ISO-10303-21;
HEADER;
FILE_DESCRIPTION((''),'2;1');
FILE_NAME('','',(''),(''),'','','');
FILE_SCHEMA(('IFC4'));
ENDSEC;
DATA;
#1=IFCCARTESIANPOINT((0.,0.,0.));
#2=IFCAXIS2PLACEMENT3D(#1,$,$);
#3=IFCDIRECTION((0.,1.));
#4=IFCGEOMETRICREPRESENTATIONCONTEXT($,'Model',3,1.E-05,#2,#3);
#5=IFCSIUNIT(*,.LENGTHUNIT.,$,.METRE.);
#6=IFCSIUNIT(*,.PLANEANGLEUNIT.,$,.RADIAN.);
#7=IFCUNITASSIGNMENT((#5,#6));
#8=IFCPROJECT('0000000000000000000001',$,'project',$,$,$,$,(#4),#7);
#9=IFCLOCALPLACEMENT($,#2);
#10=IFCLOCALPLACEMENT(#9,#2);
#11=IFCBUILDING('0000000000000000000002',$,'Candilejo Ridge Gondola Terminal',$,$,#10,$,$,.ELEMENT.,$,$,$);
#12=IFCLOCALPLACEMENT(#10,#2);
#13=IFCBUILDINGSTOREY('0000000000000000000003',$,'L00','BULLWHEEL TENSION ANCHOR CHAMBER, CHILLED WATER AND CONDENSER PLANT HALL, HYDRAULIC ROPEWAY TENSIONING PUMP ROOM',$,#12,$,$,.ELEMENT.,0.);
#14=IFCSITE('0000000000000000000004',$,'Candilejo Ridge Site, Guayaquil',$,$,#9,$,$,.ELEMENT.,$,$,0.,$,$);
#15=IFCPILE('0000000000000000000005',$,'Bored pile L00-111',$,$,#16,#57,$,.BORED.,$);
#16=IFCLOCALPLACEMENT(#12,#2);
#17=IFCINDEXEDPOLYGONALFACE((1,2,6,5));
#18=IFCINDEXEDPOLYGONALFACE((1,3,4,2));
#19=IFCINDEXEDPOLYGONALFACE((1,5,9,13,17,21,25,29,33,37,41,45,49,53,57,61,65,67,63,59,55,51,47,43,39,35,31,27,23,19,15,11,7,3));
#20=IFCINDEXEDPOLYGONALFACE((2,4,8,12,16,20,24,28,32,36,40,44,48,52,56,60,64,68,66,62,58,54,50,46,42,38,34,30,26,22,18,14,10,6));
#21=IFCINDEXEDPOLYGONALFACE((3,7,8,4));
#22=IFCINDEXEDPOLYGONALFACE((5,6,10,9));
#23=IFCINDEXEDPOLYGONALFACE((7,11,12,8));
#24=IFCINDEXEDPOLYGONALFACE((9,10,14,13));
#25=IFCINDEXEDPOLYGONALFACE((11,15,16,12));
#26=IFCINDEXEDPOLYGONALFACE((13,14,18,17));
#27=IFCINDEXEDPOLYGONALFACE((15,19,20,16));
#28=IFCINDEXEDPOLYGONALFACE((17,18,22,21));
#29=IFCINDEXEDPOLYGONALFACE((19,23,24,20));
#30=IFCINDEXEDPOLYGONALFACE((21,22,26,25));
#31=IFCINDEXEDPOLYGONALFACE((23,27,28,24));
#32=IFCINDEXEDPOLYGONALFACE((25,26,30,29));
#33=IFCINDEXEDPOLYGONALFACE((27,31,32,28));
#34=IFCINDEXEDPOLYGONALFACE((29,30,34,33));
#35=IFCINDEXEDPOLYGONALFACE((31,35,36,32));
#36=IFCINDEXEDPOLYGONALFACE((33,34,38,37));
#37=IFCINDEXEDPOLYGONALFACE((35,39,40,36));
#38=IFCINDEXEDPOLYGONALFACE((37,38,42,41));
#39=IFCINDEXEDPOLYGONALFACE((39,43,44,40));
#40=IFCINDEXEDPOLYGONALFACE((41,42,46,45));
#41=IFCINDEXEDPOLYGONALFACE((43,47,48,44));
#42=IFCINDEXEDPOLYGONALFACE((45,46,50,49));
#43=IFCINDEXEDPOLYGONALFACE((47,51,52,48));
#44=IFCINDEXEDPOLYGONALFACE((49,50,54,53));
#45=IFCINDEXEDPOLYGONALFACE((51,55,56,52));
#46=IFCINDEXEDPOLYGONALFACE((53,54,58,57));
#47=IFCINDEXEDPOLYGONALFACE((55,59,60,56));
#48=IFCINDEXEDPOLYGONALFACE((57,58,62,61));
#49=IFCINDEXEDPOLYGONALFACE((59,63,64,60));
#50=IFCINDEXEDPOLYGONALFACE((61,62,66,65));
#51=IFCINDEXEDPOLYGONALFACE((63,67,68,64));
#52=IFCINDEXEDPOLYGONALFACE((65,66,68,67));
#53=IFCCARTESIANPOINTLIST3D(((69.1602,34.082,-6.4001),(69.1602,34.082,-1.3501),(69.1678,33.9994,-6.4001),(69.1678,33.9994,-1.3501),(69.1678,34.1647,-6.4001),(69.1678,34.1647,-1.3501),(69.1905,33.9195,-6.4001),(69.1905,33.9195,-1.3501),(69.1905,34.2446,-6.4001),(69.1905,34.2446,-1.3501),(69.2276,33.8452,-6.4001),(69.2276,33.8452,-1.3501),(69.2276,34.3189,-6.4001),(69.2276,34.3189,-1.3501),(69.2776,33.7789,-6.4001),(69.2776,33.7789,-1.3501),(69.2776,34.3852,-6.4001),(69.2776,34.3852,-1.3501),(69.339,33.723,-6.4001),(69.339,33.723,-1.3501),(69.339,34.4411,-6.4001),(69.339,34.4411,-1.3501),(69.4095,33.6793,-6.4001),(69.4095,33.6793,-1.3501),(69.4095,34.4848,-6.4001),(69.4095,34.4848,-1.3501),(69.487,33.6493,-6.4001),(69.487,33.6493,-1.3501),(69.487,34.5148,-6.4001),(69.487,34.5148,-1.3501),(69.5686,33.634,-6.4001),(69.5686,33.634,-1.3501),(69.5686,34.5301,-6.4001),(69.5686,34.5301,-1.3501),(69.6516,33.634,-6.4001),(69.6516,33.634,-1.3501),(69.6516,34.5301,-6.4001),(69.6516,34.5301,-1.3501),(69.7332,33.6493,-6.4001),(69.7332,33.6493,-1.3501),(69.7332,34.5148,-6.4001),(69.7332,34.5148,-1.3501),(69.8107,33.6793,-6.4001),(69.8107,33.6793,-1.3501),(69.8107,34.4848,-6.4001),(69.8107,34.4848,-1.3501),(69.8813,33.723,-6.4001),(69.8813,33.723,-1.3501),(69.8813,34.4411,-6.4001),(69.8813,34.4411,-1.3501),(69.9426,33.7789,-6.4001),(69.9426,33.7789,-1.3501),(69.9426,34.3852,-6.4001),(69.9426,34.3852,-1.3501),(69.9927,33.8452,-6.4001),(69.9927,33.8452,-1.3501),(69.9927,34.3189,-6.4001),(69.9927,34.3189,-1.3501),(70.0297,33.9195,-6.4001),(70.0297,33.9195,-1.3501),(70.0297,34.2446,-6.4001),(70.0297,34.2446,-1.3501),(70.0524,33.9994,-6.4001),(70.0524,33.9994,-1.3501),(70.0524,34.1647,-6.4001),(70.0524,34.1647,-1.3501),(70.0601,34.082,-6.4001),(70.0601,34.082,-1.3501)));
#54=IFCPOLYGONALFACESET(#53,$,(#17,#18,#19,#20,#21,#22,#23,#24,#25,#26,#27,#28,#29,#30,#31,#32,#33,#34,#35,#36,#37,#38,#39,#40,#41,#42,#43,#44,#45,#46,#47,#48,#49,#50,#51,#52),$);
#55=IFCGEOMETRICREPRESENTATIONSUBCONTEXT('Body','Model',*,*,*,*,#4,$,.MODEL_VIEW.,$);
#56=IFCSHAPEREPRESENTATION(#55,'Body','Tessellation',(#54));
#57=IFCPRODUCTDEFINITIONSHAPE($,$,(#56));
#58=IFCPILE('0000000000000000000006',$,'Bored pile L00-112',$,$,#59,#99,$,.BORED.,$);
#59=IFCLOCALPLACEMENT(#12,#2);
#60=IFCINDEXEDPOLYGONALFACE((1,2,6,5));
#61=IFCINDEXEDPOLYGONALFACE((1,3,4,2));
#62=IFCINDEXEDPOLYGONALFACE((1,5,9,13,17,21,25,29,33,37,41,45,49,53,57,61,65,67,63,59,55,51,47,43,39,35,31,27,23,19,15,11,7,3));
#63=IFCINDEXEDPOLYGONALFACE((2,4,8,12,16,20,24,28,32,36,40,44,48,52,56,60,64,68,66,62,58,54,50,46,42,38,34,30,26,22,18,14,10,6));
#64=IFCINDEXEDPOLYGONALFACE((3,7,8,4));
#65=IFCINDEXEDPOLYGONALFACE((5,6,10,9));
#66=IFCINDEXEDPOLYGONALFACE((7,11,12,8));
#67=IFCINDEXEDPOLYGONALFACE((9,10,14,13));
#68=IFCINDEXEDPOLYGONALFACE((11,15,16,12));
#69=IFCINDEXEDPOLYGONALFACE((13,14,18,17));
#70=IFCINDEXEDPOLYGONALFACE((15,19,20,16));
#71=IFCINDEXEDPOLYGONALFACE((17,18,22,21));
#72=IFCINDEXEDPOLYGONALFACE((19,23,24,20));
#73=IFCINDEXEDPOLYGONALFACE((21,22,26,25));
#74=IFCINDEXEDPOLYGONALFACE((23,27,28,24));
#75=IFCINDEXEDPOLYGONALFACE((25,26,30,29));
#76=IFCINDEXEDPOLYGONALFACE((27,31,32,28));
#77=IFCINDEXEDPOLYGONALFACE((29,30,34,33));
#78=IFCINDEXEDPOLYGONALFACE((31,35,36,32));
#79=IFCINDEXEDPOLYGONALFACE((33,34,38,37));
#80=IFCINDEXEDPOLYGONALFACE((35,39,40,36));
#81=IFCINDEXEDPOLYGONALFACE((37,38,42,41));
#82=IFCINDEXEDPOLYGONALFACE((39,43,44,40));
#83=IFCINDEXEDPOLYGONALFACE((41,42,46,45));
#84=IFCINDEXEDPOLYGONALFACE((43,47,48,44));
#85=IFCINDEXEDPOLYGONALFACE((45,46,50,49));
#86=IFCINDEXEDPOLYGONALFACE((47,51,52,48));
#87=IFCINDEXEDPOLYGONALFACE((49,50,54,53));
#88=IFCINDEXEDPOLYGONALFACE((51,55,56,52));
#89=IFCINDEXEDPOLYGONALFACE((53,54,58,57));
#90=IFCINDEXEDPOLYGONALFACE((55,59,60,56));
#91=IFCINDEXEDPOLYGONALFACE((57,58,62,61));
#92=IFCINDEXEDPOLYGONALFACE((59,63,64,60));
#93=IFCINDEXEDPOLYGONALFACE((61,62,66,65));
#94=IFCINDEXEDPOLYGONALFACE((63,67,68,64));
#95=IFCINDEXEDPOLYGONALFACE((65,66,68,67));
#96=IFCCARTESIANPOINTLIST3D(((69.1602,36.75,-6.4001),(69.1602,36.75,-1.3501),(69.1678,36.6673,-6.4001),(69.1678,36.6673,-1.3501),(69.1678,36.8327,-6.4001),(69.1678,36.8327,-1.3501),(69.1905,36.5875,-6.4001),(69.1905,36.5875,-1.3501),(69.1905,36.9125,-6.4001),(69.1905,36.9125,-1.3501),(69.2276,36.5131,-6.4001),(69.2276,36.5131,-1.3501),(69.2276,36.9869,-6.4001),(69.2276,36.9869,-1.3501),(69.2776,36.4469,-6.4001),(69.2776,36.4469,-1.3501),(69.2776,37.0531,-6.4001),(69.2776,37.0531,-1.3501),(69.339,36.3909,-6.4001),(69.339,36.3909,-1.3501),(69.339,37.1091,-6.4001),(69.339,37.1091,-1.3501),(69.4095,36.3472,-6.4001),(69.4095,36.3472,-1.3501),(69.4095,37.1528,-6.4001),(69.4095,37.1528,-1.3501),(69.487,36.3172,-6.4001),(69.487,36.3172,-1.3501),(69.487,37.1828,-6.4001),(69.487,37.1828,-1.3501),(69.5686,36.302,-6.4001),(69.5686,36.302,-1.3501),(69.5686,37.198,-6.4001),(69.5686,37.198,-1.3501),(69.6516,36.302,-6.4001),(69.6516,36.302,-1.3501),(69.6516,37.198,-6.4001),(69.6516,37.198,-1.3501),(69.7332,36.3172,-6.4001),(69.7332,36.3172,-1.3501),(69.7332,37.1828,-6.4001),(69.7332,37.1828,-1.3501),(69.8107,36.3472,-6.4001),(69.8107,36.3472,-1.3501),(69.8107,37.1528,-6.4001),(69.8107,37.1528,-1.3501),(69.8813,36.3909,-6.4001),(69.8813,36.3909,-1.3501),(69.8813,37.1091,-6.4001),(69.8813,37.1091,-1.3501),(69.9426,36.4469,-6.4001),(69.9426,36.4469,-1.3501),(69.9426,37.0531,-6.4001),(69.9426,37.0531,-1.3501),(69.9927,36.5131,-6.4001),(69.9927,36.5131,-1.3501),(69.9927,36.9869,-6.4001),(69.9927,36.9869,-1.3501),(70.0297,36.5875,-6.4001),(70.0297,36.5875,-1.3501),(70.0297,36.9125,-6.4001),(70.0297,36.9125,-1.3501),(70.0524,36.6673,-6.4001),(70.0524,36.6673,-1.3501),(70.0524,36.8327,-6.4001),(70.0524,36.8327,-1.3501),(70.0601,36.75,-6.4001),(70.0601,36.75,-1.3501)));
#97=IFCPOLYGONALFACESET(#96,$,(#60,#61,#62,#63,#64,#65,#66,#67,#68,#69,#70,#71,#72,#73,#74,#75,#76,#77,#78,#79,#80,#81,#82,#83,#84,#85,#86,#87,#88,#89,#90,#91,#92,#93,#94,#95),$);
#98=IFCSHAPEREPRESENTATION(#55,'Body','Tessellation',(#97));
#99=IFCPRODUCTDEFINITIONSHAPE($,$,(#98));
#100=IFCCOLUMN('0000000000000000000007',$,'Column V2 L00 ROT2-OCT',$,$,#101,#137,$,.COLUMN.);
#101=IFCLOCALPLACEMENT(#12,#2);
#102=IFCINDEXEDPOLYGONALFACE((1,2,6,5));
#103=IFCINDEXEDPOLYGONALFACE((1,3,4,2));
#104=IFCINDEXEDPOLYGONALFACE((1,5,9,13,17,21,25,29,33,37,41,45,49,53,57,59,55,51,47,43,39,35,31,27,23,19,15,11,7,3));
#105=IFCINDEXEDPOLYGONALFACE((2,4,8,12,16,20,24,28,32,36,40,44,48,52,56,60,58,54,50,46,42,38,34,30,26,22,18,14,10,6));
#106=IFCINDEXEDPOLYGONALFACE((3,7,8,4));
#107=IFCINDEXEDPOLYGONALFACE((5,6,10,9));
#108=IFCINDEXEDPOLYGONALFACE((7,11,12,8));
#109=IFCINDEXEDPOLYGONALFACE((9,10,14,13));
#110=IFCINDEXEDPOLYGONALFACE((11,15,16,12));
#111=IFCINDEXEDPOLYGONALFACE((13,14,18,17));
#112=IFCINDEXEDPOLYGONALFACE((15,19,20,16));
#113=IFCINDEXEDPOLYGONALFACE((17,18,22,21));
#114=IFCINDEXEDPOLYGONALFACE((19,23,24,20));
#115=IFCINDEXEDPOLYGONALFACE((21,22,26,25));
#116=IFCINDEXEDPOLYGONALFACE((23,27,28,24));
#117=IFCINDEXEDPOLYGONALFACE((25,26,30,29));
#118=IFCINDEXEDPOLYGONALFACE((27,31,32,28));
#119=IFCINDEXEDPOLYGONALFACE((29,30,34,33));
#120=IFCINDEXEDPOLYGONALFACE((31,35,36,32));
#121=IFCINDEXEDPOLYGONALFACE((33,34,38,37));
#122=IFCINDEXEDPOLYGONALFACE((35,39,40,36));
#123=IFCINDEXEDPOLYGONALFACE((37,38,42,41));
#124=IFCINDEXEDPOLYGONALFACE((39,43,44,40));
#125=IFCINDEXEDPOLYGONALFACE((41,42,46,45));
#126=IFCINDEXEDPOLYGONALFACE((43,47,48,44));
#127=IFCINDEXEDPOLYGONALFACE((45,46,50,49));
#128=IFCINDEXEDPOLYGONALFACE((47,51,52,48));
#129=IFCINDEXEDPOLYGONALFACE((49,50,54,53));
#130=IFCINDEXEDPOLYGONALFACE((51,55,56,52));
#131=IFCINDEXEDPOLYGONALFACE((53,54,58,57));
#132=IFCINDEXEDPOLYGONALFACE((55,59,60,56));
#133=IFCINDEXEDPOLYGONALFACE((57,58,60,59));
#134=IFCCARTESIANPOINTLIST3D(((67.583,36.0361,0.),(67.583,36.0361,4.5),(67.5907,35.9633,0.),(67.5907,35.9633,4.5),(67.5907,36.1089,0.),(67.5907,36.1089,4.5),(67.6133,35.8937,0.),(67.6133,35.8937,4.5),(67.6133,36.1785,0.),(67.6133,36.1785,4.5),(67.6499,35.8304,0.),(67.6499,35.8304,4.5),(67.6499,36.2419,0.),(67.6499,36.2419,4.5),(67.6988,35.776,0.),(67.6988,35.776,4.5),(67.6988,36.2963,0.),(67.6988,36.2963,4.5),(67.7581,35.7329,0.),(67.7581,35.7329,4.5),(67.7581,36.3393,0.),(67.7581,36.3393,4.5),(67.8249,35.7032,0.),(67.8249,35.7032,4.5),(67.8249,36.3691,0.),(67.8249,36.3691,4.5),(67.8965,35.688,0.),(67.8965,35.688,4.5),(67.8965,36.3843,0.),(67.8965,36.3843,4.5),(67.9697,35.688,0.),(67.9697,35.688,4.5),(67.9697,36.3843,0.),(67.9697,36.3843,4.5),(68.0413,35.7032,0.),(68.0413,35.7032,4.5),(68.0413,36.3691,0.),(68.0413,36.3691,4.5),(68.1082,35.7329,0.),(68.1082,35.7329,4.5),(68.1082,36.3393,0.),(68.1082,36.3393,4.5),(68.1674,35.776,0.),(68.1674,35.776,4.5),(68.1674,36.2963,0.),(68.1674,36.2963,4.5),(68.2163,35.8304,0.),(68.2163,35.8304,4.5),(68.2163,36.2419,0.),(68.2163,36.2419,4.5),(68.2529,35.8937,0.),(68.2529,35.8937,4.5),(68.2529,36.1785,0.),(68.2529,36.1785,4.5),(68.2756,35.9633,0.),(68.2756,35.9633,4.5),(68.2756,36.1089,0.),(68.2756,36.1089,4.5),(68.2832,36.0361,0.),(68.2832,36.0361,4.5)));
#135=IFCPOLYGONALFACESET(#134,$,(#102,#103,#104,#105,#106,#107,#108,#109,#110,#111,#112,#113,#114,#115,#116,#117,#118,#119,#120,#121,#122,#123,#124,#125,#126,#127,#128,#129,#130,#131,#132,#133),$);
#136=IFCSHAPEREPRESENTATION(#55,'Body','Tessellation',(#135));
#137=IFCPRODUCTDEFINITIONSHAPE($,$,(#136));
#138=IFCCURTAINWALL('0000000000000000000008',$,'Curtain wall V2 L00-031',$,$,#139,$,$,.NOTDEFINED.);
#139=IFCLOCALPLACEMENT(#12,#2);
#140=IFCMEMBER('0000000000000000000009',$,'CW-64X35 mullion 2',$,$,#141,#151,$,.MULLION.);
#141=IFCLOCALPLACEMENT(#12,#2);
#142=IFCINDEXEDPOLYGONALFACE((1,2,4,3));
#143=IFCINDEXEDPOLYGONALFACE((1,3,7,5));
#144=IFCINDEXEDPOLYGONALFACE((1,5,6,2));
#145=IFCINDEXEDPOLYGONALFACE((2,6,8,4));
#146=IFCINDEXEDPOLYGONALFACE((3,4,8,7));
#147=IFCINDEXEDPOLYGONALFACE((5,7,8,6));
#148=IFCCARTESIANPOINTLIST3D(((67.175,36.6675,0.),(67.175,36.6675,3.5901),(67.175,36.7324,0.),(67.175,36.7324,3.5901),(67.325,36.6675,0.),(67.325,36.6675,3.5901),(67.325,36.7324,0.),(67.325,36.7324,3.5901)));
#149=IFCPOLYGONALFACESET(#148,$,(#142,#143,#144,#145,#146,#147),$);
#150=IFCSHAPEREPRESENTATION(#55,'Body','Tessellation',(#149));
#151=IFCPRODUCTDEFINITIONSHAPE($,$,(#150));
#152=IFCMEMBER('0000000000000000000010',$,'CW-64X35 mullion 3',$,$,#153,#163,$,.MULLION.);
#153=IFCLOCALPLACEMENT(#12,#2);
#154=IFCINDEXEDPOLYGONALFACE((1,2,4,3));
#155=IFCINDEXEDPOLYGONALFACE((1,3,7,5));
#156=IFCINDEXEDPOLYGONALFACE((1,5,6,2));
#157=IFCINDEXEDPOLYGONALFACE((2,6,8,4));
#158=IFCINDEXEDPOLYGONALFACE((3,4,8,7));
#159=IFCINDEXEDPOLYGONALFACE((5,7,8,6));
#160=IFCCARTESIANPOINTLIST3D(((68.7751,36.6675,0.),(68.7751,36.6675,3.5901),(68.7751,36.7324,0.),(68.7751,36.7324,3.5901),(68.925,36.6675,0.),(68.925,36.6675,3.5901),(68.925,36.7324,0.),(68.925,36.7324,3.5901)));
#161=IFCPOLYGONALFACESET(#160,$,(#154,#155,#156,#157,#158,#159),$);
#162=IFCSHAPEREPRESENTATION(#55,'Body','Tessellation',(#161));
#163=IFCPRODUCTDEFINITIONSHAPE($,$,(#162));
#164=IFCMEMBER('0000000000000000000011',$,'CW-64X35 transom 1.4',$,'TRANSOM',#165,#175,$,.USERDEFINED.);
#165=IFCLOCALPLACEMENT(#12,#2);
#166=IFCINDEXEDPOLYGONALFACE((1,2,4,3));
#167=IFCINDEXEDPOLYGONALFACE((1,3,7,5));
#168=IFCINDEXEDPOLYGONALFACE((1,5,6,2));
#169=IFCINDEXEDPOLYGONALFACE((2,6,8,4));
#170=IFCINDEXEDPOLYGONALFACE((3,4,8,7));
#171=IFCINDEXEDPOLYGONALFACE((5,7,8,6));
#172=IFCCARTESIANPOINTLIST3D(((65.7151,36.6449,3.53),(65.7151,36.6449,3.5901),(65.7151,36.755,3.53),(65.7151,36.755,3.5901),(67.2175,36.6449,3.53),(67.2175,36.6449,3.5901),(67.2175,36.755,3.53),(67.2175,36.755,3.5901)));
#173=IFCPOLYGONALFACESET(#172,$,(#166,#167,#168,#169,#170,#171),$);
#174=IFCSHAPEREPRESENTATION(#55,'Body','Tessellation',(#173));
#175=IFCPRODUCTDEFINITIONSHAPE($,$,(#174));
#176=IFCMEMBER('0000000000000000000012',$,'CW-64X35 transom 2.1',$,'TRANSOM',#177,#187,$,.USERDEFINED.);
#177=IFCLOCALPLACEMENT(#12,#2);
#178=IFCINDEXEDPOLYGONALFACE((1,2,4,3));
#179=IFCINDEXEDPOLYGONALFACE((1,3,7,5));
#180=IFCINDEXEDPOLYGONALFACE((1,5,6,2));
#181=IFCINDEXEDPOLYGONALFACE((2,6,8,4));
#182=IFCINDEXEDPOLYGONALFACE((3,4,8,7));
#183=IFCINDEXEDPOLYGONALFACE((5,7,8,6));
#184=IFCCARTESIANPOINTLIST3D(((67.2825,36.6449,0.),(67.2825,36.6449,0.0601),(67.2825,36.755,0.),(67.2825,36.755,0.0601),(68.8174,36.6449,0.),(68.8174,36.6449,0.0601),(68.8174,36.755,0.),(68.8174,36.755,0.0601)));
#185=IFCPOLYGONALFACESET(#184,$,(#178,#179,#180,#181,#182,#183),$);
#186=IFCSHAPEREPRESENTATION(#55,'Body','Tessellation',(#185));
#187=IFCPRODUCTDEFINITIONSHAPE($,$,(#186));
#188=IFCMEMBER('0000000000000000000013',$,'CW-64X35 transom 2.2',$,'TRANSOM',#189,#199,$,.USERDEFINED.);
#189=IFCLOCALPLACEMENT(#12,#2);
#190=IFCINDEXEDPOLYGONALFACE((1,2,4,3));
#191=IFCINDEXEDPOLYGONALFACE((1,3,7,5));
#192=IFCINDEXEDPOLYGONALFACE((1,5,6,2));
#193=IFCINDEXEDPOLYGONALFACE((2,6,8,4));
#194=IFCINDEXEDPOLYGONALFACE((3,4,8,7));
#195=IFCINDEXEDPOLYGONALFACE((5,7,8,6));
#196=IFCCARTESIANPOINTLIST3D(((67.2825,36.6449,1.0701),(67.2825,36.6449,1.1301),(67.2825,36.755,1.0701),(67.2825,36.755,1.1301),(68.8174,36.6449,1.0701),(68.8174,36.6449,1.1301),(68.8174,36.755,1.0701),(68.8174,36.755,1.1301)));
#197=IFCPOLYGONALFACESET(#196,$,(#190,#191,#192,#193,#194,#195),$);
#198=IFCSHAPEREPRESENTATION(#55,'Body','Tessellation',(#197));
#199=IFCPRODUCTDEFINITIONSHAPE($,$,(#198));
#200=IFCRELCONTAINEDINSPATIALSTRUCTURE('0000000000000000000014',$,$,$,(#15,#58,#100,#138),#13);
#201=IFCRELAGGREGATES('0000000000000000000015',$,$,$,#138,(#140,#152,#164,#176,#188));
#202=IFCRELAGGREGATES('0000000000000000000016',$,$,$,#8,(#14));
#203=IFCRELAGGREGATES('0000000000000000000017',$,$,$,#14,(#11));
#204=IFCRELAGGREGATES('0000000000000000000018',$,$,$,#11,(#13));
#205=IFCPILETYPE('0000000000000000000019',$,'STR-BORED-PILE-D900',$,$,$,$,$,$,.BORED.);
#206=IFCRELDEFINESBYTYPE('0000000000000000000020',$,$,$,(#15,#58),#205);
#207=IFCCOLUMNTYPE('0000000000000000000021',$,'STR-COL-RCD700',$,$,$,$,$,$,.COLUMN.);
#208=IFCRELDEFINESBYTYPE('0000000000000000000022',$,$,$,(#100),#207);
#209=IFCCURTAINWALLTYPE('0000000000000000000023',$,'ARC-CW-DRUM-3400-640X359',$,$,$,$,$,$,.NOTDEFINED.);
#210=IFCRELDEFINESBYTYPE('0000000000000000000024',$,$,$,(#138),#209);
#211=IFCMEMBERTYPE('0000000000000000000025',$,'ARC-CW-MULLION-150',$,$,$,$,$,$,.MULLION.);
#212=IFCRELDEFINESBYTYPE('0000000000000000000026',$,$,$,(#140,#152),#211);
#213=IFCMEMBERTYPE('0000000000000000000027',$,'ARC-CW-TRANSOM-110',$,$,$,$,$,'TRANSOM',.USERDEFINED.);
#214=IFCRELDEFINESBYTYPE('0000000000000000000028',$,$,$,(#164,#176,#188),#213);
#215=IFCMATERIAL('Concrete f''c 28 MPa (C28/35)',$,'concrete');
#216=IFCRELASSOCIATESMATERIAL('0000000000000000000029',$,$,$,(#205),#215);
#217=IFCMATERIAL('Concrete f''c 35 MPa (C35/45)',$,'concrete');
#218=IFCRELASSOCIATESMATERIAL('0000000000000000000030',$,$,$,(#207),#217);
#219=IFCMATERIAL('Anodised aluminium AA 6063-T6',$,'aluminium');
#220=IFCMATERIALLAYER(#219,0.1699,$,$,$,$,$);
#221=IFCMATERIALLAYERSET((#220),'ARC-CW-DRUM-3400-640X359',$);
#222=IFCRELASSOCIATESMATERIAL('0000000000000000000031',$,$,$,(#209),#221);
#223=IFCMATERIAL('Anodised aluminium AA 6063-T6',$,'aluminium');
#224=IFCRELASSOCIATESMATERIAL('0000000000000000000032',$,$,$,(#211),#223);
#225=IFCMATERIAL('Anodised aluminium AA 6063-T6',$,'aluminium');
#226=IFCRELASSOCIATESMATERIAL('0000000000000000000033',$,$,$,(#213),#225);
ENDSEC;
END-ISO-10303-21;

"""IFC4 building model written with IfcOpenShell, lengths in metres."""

from ifc_helpers import new_model, si_unit, direction, frame, origin, origin_2d, place, context, subcontext, project, spatial, rectangle, circle, extrude, material, layer, layer_set, material_profile, profile_set, type_object, element, aggregate, save


model = new_model("IFC4")

# Units and contexts
model_context = context("Model", 3, precision=1e-05, world=origin(), true_north=direction((0.0, 1.0)))
body_context = subcontext(model_context, "Body", "Model", "MODEL_VIEW")
ifc_project = project(units=[si_unit("LENGTHUNIT", "METRE"), si_unit("PLANEANGLEUNIT", "RADIAN")], contexts=[model_context])

# Site, building, storey
site_placement = place(None, origin())
site = spatial("IfcSite", under=ifc_project, at=site_placement, Name="Candilejo Ridge Site, Guayaquil", CompositionType="ELEMENT", RefElevation=0.0)
building_placement = place(site_placement, origin())
building = spatial("IfcBuilding", under=site, at=building_placement, Name="Candilejo Ridge Gondola Terminal", CompositionType="ELEMENT")
storey_placement = place(building_placement, origin())
storey = spatial("IfcBuildingStorey", under=building, at=storey_placement, Name="L00", Description="BULLWHEEL TENSION ANCHOR CHAMBER, CHILLED WATER AND CONDENSER PLANT HALL, HYDRAULIC ROPEWAY TENSIONING PUMP ROOM", CompositionType="ELEMENT", Elevation=0.0)

# Piles
ifc_material_1 = material(Name="Concrete f'c 28 MPa (C28/35)", Category="concrete")
ifc_material_profile_1 = material_profile(ifc_material_1, circle(Radius=0.45, at=origin_2d()))
ifc_profile_set_1 = profile_set([ifc_material_profile_1], Name="Concrete f'c 28 MPa (C28/35)")
pile_type = type_object("IfcPileType", Name="STR-BORED-PILE-D900", PredefinedType="BORED", material=ifc_profile_set_1)
for number, where, z_axis, x_axis, name in (
    (1, (69.6101, 34.082, -1.3501), (0.0, 0.0, -1.0), (1.0, 0.0, 0.0), "Bored pile L00-111"),
    (2, (69.6101, 36.75, -1.3501), (0.0, 0.0, -1.0), (1.0, 0.0, 0.0), "Bored pile L00-112"),
):
    element("IfcPile", number, at=place(storey_placement, frame(where, z_axis=z_axis, x_axis=x_axis)), inside=storey, type_object=pile_type, Name=name, PredefinedType="BORED", context=body_context, shape_type="SweptSolid", body=[
        extrude(circle(Radius=0.45, at=origin_2d()), origin(), (0.0, 0.0, 1.0), 5.05),
    ])

# Column
ifc_material_2 = material(Name="Concrete f'c 35 MPa (C35/45)", Category="concrete")
ifc_material_profile_2 = material_profile(ifc_material_2, circle(Radius=0.3501, at=origin_2d()))
ifc_profile_set_2 = profile_set([ifc_material_profile_2], Name="Concrete f'c 35 MPa (C35/45)")
column_type = type_object("IfcColumnType", Name="STR-COL-RCD700", PredefinedType="COLUMN", material=ifc_profile_set_2)
column_placement = place(storey_placement, frame((67.9331, 36.0361, 0.0), z_axis=(0.0, 0.0, 1.0), x_axis=(1.0, 0.0, 0.0)))
element("IfcColumn", 3, at=column_placement, inside=storey, type_object=column_type, Name="Column V2 L00 ROT2-OCT", PredefinedType="COLUMN", context=body_context, shape_type="SweptSolid", body=[
    extrude(circle(Radius=0.3501, at=origin_2d()), origin(), (0.0, 0.0, 1.0), 4.5),
])

# Curtain wall, members
ifc_material_3 = material(Name="Anodised aluminium AA 6063-T6", Category="aluminium")
ifc_layer_1 = layer(ifc_material_3, 0.1699)
ifc_layer_set_1 = layer_set([ifc_layer_1], Name="ARC-CW-DRUM-3400-640X359")
curtain_wall_type = type_object("IfcCurtainWallType", Name="ARC-CW-DRUM-3400-640X359", PredefinedType="NOTDEFINED", material=ifc_layer_set_1)
curtain_wall_placement = place(storey_placement, origin())
curtain_wall = element("IfcCurtainWall", 4, at=curtain_wall_placement, inside=storey, type_object=curtain_wall_type, Name="Curtain wall V2 L00-031", PredefinedType="NOTDEFINED")
ifc_material_4 = material(Name="Anodised aluminium AA 6063-T6", Category="aluminium")
ifc_material_profile_3 = material_profile(ifc_material_4, rectangle(XDim=0.0649, YDim=0.1499, at=origin_2d()))
ifc_profile_set_3 = profile_set([ifc_material_profile_3], Name="Anodised aluminium AA 6063-T6")
member_type_1 = type_object("IfcMemberType", Name="ARC-CW-MULLION-150", PredefinedType="MULLION", material=ifc_profile_set_3)
member_1_placement = place(storey_placement, frame((67.25, 36.7, 0.0), z_axis=(0.0, 0.0, 1.0), x_axis=(0.0, 1.0, 0.0)))
member_1 = element("IfcMember", 5, at=member_1_placement, type_object=member_type_1, Name="CW-64X35 mullion 2", PredefinedType="MULLION", context=body_context, shape_type="SweptSolid", body=[
    extrude(rectangle(XDim=0.0649, YDim=0.1499, at=origin_2d()), origin(), (0.0, 0.0, 1.0), 3.5901),
])
member_2_placement = place(storey_placement, frame((68.8501, 36.7, 0.0), z_axis=(0.0, 0.0, 1.0), x_axis=(0.0, 1.0, 0.0)))
member_2 = element("IfcMember", 6, at=member_2_placement, type_object=member_type_1, Name="CW-64X35 mullion 3", PredefinedType="MULLION", context=body_context, shape_type="SweptSolid", body=[
    extrude(rectangle(XDim=0.0649, YDim=0.1499, at=origin_2d()), origin(), (0.0, 0.0, 1.0), 3.5901),
])
ifc_material_5 = material(Name="Anodised aluminium AA 6063-T6", Category="aluminium")
ifc_material_profile_4 = material_profile(ifc_material_5, rectangle(XDim=0.1101, YDim=0.0601, at=origin_2d()))
ifc_profile_set_4 = profile_set([ifc_material_profile_4], Name="Anodised aluminium AA 6063-T6")
member_type_2 = type_object("IfcMemberType", Name="ARC-CW-TRANSOM-110", ElementType="TRANSOM", PredefinedType="USERDEFINED", material=ifc_profile_set_4)
member_3_placement = place(storey_placement, frame((65.7151, 36.7, 3.5601), z_axis=(1.0, 0.0, 0.0), x_axis=(0.0, 1.0, 0.0)))
member_3 = element("IfcMember", 7, at=member_3_placement, type_object=member_type_2, Name="CW-64X35 transom 1.4", ObjectType="TRANSOM", PredefinedType="USERDEFINED", context=body_context, shape_type="SweptSolid", body=[
    extrude(rectangle(XDim=0.1101, YDim=0.0601, at=origin_2d()), origin(), (0.0, 0.0, 1.0), 1.5024),
])
member_4_placement = place(storey_placement, frame((67.2825, 36.7, 0.03), z_axis=(1.0, 0.0, 0.0), x_axis=(0.0, 1.0, 0.0)))
member_4 = element("IfcMember", 8, at=member_4_placement, type_object=member_type_2, Name="CW-64X35 transom 2.1", ObjectType="TRANSOM", PredefinedType="USERDEFINED", context=body_context, shape_type="SweptSolid", body=[
    extrude(rectangle(XDim=0.1101, YDim=0.0601, at=origin_2d()), origin(), (0.0, 0.0, 1.0), 1.5349),
])
member_5_placement = place(storey_placement, frame((67.2825, 36.7, 1.1001), z_axis=(1.0, 0.0, 0.0), x_axis=(0.0, 1.0, 0.0)))
member_5 = element("IfcMember", 9, at=member_5_placement, type_object=member_type_2, Name="CW-64X35 transom 2.2", ObjectType="TRANSOM", PredefinedType="USERDEFINED", context=body_context, shape_type="SweptSolid", body=[
    extrude(rectangle(XDim=0.1101, YDim=0.0601, at=origin_2d()), origin(), (0.0, 0.0, 1.0), 1.5349),
])

aggregate(curtain_wall, [member_1, member_2, member_3, member_4, member_5])

save(model, "model.ifc")
